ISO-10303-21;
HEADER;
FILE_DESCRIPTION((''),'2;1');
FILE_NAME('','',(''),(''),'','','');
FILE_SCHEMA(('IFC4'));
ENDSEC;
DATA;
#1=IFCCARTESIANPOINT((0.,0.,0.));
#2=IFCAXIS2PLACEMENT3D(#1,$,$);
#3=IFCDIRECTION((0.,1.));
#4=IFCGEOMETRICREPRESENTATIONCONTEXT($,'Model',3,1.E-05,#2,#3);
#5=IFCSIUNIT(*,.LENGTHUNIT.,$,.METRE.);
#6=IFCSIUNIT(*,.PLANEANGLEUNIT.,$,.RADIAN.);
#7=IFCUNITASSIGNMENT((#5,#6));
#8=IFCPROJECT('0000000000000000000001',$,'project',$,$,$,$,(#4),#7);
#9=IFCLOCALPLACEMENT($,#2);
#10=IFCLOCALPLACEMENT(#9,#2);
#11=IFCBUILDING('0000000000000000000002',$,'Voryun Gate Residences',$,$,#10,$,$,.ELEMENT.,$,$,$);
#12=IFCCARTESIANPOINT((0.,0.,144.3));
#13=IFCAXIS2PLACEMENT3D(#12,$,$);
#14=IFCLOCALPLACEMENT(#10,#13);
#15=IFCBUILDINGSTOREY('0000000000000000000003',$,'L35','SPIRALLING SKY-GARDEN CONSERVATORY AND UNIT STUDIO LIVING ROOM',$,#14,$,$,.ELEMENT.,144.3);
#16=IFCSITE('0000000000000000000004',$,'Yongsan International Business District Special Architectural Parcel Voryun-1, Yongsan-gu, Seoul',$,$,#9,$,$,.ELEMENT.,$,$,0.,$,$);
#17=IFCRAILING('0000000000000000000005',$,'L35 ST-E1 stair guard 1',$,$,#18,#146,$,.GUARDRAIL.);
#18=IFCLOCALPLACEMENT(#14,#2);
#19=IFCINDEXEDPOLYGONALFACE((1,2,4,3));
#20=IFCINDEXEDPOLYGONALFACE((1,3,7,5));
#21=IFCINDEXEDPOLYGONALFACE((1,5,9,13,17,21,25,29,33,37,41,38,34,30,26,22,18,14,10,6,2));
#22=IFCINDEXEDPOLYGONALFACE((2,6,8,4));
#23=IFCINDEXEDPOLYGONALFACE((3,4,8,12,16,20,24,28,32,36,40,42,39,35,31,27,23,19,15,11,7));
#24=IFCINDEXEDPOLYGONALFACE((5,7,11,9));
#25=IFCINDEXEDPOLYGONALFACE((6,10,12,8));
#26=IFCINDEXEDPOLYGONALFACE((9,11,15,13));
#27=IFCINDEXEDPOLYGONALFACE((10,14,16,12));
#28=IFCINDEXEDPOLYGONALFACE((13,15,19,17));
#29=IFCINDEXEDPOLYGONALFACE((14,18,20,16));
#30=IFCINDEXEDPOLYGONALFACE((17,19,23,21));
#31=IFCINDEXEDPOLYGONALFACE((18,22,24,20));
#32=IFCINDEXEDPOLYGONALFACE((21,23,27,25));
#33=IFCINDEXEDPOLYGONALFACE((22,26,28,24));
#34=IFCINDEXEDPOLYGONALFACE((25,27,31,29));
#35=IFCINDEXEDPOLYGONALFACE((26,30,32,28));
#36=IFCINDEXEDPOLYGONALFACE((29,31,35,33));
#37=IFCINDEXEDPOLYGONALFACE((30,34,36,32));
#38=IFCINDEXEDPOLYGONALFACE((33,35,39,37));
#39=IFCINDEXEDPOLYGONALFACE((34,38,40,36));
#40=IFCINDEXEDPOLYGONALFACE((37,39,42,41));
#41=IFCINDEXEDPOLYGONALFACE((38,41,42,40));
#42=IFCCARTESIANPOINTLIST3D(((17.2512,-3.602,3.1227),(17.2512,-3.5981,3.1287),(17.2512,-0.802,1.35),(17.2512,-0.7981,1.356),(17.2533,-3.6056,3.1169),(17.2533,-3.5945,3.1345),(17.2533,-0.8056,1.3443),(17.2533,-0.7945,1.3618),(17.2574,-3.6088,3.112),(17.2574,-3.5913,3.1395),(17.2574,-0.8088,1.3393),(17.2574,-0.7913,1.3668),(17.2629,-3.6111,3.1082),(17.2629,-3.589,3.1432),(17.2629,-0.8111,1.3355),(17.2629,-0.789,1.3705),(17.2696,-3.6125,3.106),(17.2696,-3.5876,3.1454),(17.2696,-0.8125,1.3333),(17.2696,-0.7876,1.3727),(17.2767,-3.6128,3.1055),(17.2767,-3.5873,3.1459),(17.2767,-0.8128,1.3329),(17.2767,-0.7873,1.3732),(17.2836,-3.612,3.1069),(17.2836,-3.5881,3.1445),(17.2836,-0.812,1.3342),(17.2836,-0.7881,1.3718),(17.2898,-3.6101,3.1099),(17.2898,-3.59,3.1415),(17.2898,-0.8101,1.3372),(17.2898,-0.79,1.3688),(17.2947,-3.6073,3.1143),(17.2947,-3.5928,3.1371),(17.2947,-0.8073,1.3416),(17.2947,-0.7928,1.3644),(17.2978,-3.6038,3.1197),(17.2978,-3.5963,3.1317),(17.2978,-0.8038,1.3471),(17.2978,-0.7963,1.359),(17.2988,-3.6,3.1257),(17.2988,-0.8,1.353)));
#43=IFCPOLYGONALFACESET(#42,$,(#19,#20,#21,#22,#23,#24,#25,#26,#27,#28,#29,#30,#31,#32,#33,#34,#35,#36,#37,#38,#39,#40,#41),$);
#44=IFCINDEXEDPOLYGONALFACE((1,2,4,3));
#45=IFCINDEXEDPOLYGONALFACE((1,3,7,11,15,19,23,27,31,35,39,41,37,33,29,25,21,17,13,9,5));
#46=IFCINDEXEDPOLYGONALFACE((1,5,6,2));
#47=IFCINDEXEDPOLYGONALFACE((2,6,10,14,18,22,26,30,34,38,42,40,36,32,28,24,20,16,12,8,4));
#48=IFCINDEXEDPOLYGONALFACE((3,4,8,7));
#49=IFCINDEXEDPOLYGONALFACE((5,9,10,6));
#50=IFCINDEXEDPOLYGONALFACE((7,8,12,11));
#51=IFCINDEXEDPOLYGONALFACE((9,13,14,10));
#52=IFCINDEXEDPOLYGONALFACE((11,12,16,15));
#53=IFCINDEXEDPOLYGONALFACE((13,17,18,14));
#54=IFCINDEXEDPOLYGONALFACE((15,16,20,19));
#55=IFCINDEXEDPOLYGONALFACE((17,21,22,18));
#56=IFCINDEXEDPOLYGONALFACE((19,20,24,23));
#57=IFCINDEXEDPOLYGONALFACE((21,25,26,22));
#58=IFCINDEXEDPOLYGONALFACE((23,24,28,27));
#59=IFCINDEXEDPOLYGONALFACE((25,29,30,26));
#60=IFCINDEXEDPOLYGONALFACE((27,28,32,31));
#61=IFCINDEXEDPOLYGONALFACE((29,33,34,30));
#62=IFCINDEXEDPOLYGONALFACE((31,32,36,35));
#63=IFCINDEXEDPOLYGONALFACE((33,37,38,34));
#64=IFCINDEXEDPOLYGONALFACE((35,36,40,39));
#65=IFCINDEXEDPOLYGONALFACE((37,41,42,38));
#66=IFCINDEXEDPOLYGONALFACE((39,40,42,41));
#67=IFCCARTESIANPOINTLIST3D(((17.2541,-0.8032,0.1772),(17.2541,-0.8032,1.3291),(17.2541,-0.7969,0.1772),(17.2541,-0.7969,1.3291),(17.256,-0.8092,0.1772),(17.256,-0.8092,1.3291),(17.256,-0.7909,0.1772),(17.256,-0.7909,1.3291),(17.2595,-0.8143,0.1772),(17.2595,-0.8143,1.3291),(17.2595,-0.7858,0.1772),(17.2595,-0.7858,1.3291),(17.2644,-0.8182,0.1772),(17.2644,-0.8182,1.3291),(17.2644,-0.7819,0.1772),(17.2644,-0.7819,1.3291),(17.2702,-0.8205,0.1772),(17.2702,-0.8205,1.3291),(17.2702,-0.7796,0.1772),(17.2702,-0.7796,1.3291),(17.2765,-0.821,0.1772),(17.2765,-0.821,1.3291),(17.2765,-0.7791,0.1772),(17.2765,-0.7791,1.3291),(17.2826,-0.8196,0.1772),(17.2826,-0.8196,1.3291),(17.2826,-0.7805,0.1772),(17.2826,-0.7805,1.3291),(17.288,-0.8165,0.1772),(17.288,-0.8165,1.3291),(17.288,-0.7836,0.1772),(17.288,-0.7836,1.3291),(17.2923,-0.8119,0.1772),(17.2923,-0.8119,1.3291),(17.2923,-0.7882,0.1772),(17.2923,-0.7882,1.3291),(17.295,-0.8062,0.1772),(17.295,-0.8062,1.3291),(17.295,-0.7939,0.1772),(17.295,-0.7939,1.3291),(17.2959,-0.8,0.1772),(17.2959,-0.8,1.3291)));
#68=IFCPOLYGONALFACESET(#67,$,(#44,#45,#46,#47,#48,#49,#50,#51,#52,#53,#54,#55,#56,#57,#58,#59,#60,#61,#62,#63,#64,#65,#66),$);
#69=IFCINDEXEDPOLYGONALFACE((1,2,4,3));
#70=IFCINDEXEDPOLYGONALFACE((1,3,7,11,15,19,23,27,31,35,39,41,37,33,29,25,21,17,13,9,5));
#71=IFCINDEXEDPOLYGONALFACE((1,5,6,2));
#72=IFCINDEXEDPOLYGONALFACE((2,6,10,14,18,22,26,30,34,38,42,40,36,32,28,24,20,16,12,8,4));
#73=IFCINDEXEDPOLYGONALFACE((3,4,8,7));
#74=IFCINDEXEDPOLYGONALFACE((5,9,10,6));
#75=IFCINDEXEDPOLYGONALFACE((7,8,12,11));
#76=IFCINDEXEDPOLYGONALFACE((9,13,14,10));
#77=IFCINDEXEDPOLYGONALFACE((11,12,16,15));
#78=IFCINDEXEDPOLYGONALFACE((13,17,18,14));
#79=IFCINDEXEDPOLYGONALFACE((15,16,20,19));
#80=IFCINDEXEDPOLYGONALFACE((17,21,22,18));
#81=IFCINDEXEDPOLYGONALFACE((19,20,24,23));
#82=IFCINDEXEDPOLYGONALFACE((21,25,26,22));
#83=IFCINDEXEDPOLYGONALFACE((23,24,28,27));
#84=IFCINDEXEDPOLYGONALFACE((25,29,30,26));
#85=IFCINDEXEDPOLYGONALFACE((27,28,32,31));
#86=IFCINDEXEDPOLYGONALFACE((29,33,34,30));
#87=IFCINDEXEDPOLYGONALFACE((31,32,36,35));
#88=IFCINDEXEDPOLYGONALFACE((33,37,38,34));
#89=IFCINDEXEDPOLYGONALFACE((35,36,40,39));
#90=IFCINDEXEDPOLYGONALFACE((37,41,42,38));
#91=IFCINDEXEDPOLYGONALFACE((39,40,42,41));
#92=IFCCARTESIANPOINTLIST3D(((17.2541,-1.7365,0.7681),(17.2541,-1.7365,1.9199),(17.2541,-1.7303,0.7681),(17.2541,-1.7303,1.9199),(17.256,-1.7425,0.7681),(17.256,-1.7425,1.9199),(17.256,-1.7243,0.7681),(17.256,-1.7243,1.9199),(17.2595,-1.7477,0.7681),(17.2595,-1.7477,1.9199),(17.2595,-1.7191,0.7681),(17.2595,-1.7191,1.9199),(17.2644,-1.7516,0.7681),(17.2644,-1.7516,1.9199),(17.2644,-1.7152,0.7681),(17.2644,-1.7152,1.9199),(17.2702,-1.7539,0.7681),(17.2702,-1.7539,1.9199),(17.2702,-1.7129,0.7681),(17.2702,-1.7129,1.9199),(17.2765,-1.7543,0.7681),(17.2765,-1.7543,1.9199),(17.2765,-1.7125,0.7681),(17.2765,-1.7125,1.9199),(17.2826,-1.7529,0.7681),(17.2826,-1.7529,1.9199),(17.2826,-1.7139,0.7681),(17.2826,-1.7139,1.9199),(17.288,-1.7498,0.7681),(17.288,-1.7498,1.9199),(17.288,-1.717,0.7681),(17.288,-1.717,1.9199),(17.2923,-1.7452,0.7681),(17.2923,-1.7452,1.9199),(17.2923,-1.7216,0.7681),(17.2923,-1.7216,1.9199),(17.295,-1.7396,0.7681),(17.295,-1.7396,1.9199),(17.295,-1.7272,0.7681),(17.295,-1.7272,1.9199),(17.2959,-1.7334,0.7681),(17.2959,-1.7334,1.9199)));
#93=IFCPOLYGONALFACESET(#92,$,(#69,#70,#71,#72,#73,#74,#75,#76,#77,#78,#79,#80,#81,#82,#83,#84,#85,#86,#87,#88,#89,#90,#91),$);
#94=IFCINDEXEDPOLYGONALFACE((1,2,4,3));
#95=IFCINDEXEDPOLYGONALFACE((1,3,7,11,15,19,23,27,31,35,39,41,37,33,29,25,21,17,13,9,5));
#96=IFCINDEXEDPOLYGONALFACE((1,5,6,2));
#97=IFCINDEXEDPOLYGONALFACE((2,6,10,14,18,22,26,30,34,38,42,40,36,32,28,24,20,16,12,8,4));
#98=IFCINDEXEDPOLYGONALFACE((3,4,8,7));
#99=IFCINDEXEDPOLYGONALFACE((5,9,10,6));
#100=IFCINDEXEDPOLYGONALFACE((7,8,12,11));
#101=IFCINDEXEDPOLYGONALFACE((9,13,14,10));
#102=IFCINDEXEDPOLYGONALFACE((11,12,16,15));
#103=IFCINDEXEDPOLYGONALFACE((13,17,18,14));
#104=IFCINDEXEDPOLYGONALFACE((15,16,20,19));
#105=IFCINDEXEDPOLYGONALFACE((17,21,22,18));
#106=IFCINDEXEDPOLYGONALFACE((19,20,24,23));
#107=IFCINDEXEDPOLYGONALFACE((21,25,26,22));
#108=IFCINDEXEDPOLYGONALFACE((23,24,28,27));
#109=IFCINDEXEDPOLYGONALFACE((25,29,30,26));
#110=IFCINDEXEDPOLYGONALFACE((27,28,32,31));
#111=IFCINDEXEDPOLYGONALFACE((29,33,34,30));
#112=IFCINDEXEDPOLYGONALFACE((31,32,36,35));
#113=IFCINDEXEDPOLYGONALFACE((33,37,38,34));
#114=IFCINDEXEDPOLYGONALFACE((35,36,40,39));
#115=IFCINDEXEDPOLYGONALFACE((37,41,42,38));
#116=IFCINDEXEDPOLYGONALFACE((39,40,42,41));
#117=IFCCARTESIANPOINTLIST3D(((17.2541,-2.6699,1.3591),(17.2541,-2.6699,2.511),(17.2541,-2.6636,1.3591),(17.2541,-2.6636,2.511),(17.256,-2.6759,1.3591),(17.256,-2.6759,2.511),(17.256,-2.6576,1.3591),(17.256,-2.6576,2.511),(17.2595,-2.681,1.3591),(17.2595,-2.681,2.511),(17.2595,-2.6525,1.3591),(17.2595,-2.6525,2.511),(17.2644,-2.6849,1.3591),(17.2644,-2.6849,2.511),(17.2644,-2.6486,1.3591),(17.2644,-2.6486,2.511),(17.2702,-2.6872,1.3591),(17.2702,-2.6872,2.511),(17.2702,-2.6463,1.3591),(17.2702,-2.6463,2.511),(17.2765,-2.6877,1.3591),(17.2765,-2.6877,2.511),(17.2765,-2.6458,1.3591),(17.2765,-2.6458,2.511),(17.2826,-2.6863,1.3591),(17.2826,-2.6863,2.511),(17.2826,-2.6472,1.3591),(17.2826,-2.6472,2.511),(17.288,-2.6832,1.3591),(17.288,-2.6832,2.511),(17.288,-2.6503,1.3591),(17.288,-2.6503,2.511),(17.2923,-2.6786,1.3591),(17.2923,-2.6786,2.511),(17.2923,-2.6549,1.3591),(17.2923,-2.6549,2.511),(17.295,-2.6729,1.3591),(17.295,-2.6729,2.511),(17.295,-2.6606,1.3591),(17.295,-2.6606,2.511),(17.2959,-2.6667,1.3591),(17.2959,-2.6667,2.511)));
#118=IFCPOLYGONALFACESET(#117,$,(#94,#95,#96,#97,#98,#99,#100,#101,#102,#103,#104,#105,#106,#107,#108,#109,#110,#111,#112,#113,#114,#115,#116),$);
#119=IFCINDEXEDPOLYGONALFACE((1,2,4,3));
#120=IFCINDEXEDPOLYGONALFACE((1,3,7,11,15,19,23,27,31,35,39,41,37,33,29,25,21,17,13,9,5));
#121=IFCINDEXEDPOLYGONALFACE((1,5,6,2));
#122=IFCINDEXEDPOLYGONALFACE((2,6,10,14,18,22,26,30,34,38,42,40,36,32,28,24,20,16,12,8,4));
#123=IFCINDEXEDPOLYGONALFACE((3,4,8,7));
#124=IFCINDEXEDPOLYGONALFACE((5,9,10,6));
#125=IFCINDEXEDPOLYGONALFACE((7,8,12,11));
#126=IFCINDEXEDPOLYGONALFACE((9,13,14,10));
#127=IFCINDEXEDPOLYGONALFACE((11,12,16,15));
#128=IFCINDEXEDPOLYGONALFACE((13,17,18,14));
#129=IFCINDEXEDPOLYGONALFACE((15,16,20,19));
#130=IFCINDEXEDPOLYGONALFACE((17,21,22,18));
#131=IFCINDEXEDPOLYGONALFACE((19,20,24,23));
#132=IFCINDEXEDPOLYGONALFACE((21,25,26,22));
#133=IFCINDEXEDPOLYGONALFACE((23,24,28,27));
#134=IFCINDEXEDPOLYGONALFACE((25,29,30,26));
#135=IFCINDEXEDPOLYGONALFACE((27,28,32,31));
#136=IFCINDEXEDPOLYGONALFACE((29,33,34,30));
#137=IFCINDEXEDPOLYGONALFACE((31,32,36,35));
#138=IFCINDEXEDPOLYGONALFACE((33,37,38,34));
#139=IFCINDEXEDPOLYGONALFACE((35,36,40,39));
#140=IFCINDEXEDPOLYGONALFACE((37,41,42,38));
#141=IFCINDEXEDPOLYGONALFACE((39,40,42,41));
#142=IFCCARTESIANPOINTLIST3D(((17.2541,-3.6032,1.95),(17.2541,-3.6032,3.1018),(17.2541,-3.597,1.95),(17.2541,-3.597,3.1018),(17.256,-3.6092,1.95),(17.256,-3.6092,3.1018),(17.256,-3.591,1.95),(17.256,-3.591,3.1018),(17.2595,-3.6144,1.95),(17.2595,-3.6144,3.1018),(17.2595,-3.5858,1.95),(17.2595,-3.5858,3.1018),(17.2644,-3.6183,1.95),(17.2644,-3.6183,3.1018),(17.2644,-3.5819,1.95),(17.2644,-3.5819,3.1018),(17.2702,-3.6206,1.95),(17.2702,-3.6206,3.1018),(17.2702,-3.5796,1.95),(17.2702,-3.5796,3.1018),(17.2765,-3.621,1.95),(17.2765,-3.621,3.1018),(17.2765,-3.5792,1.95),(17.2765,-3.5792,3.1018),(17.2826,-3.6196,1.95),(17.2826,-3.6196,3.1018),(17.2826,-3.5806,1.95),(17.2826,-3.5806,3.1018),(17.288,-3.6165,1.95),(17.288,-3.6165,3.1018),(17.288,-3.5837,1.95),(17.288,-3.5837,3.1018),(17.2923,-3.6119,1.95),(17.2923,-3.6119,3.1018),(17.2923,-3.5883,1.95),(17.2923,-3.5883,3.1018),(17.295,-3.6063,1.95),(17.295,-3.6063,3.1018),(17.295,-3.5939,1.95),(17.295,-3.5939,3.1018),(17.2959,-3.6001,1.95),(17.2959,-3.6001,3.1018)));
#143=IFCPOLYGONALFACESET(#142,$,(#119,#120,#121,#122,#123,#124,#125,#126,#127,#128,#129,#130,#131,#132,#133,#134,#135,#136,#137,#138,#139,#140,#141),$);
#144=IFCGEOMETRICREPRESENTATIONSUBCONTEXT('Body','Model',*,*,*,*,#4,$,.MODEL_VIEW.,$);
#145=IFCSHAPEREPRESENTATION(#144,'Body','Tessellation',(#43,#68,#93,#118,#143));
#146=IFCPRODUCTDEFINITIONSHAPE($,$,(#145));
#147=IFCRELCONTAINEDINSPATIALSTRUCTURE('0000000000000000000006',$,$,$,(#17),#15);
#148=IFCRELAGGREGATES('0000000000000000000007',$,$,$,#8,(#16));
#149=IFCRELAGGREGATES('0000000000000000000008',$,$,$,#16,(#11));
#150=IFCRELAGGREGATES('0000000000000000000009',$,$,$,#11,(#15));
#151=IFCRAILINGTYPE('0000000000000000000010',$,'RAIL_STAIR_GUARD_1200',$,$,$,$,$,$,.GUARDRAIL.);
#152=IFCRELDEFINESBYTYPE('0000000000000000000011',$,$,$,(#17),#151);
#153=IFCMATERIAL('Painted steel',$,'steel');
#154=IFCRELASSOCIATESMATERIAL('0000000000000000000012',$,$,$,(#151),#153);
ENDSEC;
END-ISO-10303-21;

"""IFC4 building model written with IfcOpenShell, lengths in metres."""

from ifc_helpers import new_model, si_unit, direction, frame, origin, origin_2d, place, context, subcontext, project, spatial, circle, extrude, material, type_object, element, save


model = new_model("IFC4")

# Units and contexts
model_context = context("Model", 3, precision=1e-05, world=origin(), true_north=direction((0.0, 1.0)))
body_context = subcontext(model_context, "Body", "Model", "MODEL_VIEW")
ifc_project = project(units=[si_unit("LENGTHUNIT", "METRE"), si_unit("PLANEANGLEUNIT", "RADIAN")], contexts=[model_context])

# Site, building, storey
site_placement = place(None, origin())
site = spatial("IfcSite", under=ifc_project, at=site_placement, Name="Yongsan International Business District Special Architectural Parcel Voryun-1, Yongsan-gu, Seoul", CompositionType="ELEMENT", RefElevation=0.0)
building_placement = place(site_placement, origin())
building = spatial("IfcBuilding", under=site, at=building_placement, Name="Voryun Gate Residences", CompositionType="ELEMENT")
storey_placement = place(building_placement, frame((0.0, 0.0, 144.3)))
storey = spatial("IfcBuildingStorey", under=building, at=storey_placement, Name="L35", Description="SPIRALLING SKY-GARDEN CONSERVATORY AND UNIT STUDIO LIVING ROOM", CompositionType="ELEMENT", Elevation=144.3)

# Railing
ifc_material_1 = material(Name="Painted steel", Category="steel")
railing_type = type_object("IfcRailingType", Name="RAIL_STAIR_GUARD_1200", PredefinedType="GUARDRAIL", material=ifc_material_1)
railing_1_placement = place(storey_placement, frame((17.2749, -0.8, 0.1772)))
element("IfcRailing", 1, at=railing_1_placement, inside=storey, type_object=railing_type, Name="L35 ST-E1 stair guard 1", PredefinedType="GUARDRAIL", context=body_context, shape_type="SweptSolid", body=[
    extrude(circle(Radius=0.0239, at=origin_2d()), frame((0.0, 0.0, 1.1758), z_axis=(0.0, -0.844909, 0.53491), x_axis=(1.0, 0.0, 0.0)), (0.0, 0.0, 1.0), 3.314),
    extrude(circle(Radius=0.021, at=origin_2d()), origin(), (0.0, 0.0, 1.0), 1.1519),
    extrude(circle(Radius=0.021, at=origin_2d()), frame((0.0, -0.9333, 0.5908)), (0.0, 0.0, 1.0), 1.1519),
    extrude(circle(Radius=0.021, at=origin_2d()), frame((0.0, -1.8667, 1.1819)), (0.0, 0.0, 1.0), 1.1519),
    extrude(circle(Radius=0.021, at=origin_2d()), frame((0.0, -2.8, 1.7727)), (0.0, 0.0, 1.0), 1.1519),
])

save(model, "model.ifc")
